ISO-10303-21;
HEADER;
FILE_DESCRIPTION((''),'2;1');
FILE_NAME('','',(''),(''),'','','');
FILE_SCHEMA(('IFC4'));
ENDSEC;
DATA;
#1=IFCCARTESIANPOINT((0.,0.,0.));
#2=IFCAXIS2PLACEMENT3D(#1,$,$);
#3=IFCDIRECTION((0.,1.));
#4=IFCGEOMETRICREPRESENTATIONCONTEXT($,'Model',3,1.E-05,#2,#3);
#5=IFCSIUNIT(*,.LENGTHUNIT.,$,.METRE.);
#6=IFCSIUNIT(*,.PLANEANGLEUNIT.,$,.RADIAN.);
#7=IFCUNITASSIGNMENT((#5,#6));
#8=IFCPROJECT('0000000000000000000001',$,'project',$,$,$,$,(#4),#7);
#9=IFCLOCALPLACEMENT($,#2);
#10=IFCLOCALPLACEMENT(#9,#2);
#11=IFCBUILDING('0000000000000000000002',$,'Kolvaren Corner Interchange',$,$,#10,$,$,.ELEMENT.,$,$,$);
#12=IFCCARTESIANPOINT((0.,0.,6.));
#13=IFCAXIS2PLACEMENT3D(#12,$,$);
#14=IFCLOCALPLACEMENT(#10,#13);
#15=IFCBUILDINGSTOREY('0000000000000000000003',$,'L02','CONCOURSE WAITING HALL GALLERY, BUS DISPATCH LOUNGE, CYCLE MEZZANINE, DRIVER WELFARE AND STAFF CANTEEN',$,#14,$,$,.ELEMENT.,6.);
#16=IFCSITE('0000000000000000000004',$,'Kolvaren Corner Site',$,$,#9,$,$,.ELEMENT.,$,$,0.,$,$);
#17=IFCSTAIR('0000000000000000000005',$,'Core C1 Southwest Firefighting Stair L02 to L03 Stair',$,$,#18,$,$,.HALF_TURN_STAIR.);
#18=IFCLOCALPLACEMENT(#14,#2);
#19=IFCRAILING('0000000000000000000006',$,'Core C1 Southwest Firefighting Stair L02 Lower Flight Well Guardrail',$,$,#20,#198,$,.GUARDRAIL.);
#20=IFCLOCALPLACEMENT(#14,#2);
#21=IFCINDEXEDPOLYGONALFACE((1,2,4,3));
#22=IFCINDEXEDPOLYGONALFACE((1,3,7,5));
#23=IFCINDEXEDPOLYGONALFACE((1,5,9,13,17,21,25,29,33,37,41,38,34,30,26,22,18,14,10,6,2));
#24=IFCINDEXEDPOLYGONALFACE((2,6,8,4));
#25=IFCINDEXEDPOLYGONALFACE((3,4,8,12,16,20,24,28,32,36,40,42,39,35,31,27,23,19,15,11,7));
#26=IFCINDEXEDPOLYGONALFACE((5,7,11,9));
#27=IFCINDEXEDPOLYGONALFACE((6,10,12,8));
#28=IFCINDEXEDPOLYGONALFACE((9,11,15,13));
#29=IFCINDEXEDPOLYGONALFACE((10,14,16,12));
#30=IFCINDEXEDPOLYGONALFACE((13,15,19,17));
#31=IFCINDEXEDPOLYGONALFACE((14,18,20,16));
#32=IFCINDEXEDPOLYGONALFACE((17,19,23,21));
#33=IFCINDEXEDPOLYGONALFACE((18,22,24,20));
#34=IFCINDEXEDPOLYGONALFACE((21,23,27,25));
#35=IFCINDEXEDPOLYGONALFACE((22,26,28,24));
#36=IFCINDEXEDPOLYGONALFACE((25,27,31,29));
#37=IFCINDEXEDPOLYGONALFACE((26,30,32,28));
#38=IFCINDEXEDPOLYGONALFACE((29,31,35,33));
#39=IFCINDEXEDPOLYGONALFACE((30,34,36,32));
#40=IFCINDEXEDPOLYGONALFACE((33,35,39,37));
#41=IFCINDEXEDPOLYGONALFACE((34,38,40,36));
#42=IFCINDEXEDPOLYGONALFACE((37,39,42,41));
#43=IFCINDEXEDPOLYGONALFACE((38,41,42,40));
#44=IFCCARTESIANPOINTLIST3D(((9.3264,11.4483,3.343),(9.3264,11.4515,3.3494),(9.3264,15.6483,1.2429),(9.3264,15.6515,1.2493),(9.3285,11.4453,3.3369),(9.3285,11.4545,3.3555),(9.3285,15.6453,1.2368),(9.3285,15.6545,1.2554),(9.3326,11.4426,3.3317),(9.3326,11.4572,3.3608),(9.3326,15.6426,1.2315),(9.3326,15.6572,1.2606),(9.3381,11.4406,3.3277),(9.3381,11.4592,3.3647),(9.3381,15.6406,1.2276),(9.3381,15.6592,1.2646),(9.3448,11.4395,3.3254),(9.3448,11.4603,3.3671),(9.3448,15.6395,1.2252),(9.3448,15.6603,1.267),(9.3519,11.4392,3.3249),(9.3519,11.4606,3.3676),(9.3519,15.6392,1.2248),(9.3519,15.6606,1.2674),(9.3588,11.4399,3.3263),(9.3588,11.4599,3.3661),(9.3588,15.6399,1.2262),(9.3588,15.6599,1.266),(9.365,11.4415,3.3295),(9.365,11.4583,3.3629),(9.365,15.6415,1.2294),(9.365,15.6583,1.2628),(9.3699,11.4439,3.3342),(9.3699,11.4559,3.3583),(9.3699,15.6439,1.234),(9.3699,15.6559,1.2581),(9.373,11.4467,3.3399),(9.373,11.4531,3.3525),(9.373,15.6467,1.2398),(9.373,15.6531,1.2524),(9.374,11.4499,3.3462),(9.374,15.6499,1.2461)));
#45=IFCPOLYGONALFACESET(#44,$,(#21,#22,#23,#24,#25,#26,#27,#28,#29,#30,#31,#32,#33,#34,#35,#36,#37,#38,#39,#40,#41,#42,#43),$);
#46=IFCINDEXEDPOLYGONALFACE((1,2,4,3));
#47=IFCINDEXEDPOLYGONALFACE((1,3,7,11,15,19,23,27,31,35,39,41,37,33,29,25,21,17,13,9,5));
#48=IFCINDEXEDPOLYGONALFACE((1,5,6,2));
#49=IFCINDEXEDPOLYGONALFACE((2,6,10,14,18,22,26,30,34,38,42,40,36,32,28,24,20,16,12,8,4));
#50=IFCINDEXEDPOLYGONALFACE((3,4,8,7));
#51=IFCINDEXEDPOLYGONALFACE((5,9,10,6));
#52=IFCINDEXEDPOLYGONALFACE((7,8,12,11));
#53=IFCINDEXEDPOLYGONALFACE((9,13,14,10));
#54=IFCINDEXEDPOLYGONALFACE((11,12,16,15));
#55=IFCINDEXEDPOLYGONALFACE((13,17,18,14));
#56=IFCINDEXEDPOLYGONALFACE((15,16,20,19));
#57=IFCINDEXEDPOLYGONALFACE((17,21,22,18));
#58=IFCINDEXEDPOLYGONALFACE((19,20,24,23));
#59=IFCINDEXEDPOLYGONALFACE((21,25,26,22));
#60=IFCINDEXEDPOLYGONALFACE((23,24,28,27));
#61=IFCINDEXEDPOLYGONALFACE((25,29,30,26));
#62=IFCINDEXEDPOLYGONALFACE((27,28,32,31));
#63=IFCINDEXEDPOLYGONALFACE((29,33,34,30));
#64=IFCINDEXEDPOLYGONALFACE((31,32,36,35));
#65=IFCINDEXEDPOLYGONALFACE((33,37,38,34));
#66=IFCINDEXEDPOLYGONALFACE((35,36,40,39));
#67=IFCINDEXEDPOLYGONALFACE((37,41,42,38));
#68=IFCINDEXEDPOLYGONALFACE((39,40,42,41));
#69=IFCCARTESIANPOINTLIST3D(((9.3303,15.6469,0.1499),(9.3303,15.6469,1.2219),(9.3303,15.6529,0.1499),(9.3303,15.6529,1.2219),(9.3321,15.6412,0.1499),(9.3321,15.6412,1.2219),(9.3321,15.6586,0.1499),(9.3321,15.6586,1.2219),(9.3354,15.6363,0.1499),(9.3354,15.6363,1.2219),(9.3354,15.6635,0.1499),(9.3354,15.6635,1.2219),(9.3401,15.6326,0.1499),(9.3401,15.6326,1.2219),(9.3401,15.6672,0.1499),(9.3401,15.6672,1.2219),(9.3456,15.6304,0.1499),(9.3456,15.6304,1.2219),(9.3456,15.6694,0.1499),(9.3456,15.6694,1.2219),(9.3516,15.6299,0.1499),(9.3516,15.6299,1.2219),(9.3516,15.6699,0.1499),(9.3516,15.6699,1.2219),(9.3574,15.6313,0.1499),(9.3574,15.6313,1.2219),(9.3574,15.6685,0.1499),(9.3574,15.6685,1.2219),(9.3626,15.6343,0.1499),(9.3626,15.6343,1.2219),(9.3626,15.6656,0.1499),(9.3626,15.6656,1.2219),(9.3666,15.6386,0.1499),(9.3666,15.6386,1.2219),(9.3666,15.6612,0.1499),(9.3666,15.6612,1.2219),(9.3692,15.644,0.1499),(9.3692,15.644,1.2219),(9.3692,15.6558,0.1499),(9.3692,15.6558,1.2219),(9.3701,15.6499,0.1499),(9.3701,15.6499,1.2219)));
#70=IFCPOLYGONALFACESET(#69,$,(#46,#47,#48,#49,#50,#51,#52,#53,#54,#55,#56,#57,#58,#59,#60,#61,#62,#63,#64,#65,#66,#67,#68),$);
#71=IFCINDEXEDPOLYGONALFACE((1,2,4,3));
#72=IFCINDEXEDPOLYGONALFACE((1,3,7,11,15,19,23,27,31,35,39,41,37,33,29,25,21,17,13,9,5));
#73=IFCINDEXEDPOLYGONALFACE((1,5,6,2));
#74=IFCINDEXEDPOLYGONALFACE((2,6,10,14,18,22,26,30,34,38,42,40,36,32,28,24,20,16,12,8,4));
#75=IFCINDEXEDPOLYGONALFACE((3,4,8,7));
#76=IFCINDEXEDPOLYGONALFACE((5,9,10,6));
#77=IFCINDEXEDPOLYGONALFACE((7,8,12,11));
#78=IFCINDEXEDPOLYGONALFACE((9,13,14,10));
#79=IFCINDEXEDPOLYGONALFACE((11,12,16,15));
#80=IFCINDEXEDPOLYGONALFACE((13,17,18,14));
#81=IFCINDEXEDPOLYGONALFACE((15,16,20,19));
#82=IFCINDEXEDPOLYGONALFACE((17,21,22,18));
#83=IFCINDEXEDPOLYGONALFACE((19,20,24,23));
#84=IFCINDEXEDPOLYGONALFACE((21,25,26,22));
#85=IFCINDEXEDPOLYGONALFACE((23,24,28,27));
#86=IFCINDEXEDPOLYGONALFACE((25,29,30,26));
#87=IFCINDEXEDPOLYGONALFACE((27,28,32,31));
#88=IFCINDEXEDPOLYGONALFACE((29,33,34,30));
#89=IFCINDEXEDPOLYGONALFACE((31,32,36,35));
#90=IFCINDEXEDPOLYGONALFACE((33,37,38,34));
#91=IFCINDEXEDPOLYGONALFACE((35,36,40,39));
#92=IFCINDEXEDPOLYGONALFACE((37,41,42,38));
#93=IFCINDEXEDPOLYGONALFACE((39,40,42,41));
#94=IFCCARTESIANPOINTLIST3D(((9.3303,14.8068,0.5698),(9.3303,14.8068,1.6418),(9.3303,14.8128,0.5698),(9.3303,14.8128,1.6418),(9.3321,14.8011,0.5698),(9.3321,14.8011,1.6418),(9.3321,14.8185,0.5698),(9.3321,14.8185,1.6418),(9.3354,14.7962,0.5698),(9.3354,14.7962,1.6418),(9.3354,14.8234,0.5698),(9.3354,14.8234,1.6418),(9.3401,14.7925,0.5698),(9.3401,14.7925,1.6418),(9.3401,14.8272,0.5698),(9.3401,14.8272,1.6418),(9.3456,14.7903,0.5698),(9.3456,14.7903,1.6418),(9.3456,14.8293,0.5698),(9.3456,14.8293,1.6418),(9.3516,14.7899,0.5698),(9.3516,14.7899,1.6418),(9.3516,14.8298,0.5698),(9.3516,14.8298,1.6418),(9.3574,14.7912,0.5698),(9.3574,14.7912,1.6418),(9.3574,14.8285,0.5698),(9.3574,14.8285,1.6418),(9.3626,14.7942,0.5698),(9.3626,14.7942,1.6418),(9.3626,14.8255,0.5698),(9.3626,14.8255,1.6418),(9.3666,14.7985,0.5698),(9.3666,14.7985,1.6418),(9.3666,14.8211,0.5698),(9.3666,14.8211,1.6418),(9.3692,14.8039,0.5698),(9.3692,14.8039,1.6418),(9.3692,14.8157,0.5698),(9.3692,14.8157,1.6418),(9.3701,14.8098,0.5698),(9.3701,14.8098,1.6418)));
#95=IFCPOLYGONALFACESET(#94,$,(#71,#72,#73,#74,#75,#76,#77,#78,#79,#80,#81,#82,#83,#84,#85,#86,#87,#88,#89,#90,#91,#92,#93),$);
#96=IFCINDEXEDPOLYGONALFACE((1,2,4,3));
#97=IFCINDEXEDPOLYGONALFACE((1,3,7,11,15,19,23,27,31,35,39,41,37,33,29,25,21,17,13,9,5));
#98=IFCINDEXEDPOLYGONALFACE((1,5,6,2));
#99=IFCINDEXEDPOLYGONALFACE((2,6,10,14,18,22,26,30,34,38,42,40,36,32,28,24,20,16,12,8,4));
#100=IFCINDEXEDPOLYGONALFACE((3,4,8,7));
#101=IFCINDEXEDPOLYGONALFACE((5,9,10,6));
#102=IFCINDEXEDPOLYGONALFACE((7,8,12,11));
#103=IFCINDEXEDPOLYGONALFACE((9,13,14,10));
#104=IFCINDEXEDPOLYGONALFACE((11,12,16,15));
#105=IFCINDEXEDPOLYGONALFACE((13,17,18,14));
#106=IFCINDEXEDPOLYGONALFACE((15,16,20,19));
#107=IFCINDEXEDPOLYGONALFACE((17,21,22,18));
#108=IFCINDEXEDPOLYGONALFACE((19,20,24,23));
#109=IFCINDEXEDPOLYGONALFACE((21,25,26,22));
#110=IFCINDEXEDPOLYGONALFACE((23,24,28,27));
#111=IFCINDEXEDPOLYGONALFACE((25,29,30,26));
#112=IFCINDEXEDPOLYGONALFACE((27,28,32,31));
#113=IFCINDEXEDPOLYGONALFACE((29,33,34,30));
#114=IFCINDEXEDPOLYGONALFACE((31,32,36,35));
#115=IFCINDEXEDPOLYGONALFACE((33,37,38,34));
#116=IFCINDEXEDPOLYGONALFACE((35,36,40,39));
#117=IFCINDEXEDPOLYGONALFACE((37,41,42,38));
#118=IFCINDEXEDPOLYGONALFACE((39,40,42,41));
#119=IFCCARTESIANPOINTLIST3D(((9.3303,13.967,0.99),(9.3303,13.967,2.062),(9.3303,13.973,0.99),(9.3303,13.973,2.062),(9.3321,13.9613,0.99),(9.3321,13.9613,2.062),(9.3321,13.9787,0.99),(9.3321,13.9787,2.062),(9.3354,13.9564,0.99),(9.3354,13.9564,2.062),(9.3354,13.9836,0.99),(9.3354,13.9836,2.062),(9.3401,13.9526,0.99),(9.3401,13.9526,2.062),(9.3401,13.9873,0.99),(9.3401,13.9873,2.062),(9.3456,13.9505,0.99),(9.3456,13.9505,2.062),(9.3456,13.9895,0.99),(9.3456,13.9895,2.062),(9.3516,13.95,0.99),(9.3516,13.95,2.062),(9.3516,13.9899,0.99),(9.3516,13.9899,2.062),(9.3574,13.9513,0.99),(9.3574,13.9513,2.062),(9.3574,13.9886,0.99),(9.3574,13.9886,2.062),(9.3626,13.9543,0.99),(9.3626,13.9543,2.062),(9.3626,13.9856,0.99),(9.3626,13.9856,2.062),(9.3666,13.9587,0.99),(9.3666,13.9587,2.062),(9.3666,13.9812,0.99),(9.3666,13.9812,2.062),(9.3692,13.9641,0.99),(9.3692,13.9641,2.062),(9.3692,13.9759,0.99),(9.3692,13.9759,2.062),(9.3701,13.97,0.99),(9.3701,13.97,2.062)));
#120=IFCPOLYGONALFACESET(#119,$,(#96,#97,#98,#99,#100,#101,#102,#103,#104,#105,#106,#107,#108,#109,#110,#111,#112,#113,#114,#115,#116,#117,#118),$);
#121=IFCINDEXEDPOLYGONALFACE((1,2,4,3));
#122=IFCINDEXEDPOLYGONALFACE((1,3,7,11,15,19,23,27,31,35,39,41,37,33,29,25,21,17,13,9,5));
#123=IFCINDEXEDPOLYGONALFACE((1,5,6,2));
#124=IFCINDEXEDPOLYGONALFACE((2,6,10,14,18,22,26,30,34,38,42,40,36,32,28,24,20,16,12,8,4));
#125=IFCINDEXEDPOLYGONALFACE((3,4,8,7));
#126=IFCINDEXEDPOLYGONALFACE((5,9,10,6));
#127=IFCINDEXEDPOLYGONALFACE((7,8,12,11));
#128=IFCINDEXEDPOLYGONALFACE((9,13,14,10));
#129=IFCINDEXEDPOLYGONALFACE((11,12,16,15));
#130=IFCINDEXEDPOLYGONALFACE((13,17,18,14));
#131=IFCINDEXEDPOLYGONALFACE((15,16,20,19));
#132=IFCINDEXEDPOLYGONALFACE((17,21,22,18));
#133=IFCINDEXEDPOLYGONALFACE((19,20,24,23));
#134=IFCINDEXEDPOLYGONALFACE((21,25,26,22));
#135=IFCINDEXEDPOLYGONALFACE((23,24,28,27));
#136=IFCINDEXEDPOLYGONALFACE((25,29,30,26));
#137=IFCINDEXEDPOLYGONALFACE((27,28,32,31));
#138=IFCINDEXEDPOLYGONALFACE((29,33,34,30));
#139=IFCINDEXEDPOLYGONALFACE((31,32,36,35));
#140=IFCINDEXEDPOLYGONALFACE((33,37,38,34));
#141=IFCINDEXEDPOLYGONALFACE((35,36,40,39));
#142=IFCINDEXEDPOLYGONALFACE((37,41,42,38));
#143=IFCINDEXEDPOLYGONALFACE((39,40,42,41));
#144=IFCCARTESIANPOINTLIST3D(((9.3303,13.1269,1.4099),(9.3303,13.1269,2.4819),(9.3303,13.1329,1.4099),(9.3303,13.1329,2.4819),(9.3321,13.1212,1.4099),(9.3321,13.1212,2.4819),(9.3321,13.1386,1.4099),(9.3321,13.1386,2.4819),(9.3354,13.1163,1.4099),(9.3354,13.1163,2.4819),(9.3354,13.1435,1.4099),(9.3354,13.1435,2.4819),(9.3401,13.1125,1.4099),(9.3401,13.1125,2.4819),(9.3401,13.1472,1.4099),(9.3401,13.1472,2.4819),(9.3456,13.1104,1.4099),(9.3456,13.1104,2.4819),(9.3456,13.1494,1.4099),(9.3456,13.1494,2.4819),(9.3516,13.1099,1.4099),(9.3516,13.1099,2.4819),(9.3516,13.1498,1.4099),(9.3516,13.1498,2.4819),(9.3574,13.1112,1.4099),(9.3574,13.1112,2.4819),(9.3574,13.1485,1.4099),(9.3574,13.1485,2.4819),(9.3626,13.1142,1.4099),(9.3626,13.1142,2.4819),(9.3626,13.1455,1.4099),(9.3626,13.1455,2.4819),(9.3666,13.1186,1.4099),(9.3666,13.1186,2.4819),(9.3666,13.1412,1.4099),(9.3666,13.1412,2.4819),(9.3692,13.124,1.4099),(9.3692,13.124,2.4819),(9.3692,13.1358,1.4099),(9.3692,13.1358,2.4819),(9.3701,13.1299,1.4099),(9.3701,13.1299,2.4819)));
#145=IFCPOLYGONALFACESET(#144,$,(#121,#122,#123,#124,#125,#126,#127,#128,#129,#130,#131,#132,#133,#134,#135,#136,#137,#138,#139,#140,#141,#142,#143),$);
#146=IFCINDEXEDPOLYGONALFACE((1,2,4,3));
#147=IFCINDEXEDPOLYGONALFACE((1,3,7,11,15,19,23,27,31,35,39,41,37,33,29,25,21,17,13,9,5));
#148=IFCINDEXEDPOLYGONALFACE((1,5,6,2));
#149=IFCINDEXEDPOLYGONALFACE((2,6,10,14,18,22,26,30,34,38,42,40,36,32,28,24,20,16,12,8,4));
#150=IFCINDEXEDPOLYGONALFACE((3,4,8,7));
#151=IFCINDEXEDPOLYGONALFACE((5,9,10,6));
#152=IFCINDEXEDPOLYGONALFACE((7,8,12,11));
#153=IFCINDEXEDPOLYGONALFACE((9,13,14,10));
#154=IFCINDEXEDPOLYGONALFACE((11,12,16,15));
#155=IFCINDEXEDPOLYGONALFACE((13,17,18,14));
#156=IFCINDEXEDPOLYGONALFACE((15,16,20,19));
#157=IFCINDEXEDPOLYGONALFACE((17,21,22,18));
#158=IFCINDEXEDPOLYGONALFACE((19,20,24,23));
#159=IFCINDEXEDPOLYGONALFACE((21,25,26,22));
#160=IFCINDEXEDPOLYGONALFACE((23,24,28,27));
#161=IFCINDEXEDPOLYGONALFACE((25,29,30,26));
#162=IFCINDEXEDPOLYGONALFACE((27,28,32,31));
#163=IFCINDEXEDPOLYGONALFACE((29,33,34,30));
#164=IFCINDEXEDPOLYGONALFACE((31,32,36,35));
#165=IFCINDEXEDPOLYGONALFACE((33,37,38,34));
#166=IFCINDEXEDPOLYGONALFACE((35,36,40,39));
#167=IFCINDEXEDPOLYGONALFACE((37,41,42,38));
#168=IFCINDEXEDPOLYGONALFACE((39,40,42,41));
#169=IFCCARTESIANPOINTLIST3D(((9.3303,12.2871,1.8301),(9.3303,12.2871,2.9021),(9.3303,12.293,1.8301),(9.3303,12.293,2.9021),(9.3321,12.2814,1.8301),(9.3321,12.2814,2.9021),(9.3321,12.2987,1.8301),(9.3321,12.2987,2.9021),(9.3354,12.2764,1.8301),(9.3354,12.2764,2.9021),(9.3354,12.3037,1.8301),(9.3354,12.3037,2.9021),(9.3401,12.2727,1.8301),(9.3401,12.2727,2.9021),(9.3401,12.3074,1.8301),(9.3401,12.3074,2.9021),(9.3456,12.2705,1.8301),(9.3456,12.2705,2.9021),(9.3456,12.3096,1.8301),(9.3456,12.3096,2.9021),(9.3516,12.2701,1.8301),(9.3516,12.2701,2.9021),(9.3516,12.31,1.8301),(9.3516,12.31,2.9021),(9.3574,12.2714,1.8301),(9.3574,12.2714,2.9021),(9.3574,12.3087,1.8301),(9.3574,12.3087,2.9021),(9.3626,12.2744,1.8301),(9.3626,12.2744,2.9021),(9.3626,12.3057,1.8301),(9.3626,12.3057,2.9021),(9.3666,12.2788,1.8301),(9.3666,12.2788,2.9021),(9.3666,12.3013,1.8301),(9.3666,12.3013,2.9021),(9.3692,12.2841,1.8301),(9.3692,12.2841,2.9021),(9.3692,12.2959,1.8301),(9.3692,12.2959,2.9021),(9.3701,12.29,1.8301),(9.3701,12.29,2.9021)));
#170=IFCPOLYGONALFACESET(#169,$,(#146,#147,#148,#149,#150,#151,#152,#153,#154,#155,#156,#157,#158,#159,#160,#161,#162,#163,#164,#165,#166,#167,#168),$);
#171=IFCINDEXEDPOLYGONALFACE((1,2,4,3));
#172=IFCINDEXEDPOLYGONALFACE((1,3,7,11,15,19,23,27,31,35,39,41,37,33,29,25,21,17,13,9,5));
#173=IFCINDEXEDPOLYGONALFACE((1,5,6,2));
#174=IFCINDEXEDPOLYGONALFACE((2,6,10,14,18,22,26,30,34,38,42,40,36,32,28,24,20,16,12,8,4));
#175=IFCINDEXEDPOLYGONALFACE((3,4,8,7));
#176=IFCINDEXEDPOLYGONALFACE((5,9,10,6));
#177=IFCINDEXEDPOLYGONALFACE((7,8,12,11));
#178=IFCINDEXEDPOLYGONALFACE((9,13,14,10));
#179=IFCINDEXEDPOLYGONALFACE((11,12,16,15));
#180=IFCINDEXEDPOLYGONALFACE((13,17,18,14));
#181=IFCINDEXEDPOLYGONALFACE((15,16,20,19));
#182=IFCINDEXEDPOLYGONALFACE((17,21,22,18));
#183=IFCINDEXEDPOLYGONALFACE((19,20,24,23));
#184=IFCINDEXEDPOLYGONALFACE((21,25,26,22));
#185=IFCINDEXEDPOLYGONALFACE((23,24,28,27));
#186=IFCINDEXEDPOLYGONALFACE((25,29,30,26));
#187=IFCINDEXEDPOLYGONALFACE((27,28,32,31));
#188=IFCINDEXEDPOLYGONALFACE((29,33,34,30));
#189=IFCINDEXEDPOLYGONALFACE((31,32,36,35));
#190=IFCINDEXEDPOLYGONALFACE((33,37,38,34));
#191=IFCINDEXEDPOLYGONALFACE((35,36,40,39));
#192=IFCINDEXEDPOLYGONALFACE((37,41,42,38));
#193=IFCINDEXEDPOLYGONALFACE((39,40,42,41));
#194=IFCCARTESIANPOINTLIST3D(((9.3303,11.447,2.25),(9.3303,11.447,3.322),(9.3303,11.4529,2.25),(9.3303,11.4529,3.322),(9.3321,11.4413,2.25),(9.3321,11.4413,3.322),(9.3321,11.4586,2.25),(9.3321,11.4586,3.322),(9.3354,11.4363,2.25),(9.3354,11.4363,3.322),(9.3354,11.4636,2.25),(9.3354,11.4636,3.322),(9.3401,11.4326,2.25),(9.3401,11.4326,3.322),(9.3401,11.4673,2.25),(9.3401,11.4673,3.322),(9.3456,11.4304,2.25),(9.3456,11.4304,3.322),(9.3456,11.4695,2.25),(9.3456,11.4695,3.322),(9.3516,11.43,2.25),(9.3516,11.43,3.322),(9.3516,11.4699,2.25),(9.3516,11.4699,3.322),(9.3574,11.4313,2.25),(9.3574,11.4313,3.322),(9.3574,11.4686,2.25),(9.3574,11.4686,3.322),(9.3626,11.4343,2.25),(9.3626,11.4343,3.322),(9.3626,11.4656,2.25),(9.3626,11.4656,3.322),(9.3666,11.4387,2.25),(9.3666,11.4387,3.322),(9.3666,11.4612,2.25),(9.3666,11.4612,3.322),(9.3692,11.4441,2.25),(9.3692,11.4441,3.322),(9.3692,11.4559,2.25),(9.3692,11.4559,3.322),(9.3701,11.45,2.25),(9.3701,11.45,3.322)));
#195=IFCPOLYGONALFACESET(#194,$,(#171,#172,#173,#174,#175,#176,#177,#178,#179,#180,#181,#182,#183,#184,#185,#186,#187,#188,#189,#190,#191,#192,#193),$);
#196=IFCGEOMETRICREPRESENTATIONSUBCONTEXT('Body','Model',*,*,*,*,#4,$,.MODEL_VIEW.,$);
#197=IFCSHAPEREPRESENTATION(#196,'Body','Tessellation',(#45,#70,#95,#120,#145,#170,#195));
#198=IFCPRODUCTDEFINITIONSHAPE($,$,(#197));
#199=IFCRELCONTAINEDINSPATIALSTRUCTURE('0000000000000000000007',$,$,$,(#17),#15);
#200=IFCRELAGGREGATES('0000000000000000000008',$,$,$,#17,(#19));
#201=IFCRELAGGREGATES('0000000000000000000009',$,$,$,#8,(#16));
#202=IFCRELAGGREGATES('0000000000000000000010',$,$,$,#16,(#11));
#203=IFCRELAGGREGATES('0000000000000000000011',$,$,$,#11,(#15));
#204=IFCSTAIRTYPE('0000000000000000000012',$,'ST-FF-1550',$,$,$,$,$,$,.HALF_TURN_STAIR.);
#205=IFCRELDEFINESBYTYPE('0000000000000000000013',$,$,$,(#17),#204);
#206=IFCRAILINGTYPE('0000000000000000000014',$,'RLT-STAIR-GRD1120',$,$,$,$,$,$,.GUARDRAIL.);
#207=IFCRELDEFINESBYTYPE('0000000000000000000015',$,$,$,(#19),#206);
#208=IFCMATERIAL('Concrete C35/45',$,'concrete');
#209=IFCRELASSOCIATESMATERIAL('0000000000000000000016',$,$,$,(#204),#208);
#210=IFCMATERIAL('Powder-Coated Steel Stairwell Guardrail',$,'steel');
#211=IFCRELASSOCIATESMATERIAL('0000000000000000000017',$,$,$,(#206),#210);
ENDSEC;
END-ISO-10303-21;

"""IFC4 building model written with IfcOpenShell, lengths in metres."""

from ifc_helpers import new_model, si_unit, direction, frame, origin, origin_2d, place, context, subcontext, project, spatial, circle, extrude, material, type_object, element, aggregate, save


model = new_model("IFC4")

# Units and contexts
model_context = context("Model", 3, precision=1e-05, world=origin(), true_north=direction((0.0, 1.0)))
body_context = subcontext(model_context, "Body", "Model", "MODEL_VIEW")
ifc_project = project(units=[si_unit("LENGTHUNIT", "METRE"), si_unit("PLANEANGLEUNIT", "RADIAN")], contexts=[model_context])

# Site, building, storey
site_placement = place(None, origin())
site = spatial("IfcSite", under=ifc_project, at=site_placement, Name="Kolvaren Corner Site", CompositionType="ELEMENT", RefElevation=0.0)
building_placement = place(site_placement, origin())
building = spatial("IfcBuilding", under=site, at=building_placement, Name="Kolvaren Corner Interchange", CompositionType="ELEMENT")
storey_placement = place(building_placement, frame((0.0, 0.0, 6.0)))
storey = spatial("IfcBuildingStorey", under=building, at=storey_placement, Name="L02", Description="CONCOURSE WAITING HALL GALLERY, BUS DISPATCH LOUNGE, CYCLE MEZZANINE, DRIVER WELFARE AND STAFF CANTEEN", CompositionType="ELEMENT", Elevation=6.0)

# Stair
ifc_material_1 = material(Name="Concrete C35/45", Category="concrete")
stair_type = type_object("IfcStairType", Name="ST-FF-1550", PredefinedType="HALF_TURN_STAIR", material=ifc_material_1)
stair_placement = place(storey_placement, origin())
stair = element("IfcStair", 1, at=stair_placement, inside=storey, type_object=stair_type, Name="Core C1 Southwest Firefighting Stair L02 to L03 Stair", PredefinedType="HALF_TURN_STAIR")

# Railing
ifc_material_2 = material(Name="Powder-Coated Steel Stairwell Guardrail", Category="steel")
railing_type_1 = type_object("IfcRailingType", Name="RLT-STAIR-GRD1120", PredefinedType="GUARDRAIL", material=ifc_material_2)
railing_1_placement = place(storey_placement, frame((9.3501, 15.6499, 0.1499)))
railing_1 = element("IfcRailing", 2, at=railing_1_placement, type_object=railing_type_1, Name="Core C1 Southwest Firefighting Stair L02 Lower Flight Well Guardrail", PredefinedType="GUARDRAIL", context=body_context, shape_type="SweptSolid", body=[
    extrude(circle(Radius=0.0239, at=origin_2d()), frame((0.0, 0.0, 1.0962), z_axis=(0.0, -0.894417, 0.447234), x_axis=(1.0, 0.0, 0.0)), (0.0, 0.0, 1.0), 4.6958),
    extrude(circle(Radius=0.02, at=origin_2d()), origin(), (0.0, 0.0, 1.0), 1.072),
    extrude(circle(Radius=0.02, at=origin_2d()), frame((0.0, -0.8401, 0.4199)), (0.0, 0.0, 1.0), 1.072),
    extrude(circle(Radius=0.02, at=origin_2d()), frame((0.0, -1.6799, 0.8401)), (0.0, 0.0, 1.0), 1.072),
    extrude(circle(Radius=0.02, at=origin_2d()), frame((0.0, -2.52, 1.26)), (0.0, 0.0, 1.0), 1.072),
    extrude(circle(Radius=0.02, at=origin_2d()), frame((0.0, -3.3599, 1.6802)), (0.0, 0.0, 1.0), 1.072),
    extrude(circle(Radius=0.02, at=origin_2d()), frame((0.0, -4.2, 2.1001)), (0.0, 0.0, 1.0), 1.072),
])
aggregate(stair, [railing_1])

save(model, "model.ifc")
